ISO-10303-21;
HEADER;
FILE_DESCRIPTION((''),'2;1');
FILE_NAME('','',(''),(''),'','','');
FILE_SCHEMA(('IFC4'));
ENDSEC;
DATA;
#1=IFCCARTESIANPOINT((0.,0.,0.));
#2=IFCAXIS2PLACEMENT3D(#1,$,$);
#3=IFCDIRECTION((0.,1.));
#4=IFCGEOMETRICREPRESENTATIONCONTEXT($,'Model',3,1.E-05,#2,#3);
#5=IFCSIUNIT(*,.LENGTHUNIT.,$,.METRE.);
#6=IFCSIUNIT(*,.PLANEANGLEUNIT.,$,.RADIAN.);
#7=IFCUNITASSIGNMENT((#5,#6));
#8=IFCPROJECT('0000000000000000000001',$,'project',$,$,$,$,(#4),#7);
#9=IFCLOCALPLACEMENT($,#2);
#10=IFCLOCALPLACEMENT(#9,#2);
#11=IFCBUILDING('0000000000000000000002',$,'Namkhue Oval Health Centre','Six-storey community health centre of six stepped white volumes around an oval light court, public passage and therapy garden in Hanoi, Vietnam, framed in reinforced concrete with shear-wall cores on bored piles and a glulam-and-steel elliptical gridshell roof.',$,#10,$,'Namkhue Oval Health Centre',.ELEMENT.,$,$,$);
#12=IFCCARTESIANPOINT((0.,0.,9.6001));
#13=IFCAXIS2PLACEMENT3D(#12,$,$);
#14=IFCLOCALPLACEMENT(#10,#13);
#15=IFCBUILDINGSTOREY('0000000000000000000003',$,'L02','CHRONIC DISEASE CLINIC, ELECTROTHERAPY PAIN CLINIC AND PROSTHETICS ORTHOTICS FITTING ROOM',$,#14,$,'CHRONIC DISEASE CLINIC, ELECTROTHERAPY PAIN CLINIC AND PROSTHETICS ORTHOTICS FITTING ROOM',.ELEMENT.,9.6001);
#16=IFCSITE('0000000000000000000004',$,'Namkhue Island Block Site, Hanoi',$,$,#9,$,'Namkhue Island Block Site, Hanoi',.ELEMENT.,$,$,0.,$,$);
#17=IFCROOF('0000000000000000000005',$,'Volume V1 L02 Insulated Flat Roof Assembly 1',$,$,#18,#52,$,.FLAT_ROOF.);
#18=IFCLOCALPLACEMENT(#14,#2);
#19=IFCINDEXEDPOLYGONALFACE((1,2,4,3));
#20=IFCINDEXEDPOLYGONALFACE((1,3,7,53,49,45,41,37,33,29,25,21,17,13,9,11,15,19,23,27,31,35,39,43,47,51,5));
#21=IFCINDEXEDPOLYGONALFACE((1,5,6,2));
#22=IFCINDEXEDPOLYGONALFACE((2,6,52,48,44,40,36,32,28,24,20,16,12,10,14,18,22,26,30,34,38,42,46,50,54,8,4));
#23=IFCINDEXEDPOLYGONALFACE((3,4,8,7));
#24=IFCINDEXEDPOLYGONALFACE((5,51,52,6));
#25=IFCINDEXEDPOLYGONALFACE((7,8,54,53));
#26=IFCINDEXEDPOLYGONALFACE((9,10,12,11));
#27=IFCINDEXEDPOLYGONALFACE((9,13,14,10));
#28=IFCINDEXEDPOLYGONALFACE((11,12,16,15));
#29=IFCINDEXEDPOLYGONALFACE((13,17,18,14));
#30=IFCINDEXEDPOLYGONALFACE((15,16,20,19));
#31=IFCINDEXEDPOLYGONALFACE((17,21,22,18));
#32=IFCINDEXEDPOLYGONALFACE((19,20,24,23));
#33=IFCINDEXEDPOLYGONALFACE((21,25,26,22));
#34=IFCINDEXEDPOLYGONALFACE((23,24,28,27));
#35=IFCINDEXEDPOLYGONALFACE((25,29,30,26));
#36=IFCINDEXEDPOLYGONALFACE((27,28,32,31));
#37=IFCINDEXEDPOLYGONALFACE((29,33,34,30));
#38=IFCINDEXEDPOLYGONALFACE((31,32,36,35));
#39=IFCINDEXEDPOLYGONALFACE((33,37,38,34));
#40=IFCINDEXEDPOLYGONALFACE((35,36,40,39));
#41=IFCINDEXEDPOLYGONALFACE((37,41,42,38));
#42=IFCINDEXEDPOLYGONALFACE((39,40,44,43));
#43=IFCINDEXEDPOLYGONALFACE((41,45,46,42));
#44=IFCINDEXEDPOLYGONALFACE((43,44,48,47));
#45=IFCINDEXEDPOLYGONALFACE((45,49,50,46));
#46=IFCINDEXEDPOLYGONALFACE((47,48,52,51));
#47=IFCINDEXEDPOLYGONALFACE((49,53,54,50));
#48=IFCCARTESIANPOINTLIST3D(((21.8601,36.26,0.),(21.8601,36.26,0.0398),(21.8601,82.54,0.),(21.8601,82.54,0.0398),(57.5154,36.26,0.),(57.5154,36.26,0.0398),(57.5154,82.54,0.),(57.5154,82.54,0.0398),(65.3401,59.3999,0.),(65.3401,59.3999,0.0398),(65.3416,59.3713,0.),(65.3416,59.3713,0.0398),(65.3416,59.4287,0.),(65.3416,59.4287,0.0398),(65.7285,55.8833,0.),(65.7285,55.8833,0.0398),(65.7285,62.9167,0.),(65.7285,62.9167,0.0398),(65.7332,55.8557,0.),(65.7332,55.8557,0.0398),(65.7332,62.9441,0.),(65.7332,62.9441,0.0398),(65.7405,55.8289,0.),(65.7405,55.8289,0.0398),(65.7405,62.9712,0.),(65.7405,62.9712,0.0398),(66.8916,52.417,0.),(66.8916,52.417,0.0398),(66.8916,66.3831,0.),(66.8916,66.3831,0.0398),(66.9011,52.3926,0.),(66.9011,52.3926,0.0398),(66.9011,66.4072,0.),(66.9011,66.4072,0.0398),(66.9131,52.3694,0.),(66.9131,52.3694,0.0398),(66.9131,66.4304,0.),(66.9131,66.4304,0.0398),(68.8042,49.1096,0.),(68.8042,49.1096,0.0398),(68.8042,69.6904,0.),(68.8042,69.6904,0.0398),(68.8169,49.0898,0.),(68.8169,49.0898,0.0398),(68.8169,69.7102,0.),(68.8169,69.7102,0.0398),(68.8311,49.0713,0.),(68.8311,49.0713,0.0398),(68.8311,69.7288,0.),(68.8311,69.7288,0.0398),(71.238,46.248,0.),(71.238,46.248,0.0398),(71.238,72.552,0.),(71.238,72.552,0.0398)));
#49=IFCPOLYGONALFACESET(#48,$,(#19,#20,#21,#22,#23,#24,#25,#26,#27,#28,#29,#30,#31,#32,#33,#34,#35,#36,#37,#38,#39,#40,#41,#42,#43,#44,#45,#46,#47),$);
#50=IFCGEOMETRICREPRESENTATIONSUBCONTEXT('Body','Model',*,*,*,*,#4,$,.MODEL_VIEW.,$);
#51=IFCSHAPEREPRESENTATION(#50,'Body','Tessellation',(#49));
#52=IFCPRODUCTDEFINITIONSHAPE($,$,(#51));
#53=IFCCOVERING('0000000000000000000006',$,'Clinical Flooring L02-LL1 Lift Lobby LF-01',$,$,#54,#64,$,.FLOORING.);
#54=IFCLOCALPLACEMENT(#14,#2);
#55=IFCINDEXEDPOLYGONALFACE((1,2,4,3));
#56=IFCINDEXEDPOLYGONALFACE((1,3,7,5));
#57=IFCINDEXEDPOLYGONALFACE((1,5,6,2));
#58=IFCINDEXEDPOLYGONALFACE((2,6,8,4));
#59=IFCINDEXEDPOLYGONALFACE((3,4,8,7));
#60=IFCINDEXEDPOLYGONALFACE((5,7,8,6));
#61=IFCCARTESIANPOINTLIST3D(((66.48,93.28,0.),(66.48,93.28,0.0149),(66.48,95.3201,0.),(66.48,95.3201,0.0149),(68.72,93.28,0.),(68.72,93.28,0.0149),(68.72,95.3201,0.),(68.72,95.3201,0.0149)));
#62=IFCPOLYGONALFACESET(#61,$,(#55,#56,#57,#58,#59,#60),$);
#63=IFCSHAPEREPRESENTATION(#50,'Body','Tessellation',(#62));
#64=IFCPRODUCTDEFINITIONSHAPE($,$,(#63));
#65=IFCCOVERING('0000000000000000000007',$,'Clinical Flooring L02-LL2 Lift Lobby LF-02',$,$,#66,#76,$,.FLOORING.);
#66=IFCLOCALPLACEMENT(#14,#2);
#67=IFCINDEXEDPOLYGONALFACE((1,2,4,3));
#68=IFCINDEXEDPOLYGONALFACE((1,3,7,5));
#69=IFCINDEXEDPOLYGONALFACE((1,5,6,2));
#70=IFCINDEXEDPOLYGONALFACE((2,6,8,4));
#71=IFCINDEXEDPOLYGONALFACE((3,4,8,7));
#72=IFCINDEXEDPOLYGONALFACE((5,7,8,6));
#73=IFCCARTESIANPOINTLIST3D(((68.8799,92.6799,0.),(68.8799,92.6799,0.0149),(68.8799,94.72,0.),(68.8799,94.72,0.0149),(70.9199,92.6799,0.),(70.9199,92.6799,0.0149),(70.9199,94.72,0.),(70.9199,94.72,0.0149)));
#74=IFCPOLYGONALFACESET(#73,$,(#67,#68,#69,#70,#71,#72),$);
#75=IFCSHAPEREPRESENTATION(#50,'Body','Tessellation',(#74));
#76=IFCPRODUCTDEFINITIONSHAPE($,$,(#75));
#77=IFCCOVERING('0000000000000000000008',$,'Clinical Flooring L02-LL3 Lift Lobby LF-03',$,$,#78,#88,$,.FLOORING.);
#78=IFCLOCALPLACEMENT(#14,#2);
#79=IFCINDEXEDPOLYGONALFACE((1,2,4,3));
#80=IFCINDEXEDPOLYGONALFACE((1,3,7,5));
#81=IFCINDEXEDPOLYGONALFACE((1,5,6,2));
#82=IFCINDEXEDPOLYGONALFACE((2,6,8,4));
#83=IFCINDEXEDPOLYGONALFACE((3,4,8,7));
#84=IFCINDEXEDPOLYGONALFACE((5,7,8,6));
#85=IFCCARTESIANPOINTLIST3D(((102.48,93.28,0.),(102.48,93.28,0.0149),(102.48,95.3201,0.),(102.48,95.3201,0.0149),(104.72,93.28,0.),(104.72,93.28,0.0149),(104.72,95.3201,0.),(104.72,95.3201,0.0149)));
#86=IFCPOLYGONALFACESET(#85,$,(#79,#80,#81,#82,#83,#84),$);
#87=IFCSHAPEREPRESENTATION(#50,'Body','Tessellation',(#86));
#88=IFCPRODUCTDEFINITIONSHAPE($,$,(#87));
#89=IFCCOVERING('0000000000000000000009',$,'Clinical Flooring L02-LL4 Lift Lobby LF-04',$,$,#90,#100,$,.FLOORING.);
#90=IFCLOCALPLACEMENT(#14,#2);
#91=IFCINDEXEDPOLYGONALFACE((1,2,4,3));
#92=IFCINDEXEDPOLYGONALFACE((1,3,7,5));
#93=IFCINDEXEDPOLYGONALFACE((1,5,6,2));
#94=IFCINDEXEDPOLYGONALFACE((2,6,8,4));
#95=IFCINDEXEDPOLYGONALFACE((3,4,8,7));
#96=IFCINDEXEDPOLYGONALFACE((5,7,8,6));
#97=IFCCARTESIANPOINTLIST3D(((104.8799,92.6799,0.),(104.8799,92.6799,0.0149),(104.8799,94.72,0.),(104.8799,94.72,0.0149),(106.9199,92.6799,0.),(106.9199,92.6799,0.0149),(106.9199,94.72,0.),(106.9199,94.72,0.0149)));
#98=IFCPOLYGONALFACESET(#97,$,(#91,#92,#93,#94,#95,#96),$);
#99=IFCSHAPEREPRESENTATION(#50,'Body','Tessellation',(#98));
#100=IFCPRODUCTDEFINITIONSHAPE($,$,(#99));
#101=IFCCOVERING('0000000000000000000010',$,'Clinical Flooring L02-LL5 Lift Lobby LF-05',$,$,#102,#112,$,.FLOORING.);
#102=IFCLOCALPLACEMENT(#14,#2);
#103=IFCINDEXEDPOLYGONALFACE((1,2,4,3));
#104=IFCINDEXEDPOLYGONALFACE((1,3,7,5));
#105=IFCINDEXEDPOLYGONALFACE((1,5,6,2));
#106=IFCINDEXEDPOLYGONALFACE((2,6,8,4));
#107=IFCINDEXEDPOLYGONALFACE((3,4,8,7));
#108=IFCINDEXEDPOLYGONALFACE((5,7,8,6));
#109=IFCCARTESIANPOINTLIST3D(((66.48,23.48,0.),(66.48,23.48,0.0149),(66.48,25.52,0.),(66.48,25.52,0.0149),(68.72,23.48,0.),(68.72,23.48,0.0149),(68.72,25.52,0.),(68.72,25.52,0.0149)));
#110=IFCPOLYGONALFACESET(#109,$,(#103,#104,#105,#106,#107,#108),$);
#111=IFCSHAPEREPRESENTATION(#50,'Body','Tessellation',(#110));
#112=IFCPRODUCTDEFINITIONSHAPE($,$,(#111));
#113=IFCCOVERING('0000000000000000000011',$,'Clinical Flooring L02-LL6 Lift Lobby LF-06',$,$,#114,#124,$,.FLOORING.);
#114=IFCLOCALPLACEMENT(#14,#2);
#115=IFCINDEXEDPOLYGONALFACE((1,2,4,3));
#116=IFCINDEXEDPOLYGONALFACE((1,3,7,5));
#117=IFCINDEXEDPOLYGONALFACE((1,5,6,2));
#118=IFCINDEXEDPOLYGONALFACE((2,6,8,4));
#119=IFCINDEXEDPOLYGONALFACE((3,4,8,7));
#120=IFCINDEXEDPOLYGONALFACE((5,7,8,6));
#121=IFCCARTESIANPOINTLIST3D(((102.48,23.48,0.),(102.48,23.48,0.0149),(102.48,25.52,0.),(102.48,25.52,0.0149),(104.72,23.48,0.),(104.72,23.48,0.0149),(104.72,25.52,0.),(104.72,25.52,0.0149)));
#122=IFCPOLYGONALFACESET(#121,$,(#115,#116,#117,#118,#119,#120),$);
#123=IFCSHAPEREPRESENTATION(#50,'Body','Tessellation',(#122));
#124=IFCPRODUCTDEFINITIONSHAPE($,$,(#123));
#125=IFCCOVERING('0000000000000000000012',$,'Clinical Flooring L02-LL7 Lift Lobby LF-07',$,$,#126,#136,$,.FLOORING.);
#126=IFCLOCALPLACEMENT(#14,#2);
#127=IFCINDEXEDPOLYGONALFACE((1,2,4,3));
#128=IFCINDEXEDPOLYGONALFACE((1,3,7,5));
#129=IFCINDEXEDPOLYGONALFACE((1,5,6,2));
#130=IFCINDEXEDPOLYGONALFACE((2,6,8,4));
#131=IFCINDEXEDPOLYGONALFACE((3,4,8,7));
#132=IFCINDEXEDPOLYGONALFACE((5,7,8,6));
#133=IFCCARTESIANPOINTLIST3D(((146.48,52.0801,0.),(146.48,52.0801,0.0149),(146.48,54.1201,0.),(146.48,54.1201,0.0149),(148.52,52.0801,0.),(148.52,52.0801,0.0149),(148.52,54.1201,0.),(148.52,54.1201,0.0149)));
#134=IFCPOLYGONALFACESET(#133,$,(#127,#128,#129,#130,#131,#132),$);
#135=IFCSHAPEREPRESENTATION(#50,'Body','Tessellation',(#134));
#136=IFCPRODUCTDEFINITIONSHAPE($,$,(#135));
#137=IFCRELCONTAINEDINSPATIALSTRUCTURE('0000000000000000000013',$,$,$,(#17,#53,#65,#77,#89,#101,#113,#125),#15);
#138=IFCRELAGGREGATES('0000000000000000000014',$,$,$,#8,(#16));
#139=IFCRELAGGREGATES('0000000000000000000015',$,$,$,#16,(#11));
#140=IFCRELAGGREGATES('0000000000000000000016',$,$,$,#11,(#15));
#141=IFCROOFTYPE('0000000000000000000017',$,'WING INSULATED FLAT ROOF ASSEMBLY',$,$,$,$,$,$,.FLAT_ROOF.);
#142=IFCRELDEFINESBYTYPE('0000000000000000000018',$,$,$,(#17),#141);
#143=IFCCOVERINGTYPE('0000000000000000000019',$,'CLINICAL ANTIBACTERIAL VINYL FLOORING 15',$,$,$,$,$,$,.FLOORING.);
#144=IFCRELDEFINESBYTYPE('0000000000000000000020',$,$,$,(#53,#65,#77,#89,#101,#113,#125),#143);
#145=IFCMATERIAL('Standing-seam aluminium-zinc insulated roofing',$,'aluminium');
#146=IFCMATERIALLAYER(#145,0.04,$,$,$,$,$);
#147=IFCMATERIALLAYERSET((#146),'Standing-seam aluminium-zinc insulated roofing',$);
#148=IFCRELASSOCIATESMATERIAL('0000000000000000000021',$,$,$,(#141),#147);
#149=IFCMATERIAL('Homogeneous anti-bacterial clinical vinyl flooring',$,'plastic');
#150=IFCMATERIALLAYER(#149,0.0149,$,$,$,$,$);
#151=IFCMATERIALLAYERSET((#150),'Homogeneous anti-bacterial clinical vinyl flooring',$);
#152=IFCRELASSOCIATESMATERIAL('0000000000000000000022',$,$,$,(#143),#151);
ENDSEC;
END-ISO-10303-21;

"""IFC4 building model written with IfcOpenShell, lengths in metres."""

from ifc_helpers import new_model, si_unit, direction, frame, origin, place, context, subcontext, project, spatial, polyline, outline, extrude, material, layer, layer_set, type_object, element, save


model = new_model("IFC4")

# Units and contexts
model_context = context("Model", 3, precision=1e-05, world=origin(), true_north=direction((0.0, 1.0)))
body_context = subcontext(model_context, "Body", "Model", "MODEL_VIEW")
ifc_project = project(units=[si_unit("LENGTHUNIT", "METRE"), si_unit("PLANEANGLEUNIT", "RADIAN")], contexts=[model_context])

# Site, building, storey
site_placement = place(None, origin())
site = spatial("IfcSite", under=ifc_project, at=site_placement, Name="Namkhue Island Block Site, Hanoi", LongName="Namkhue Island Block Site, Hanoi", CompositionType="ELEMENT", RefElevation=0.0)
building_placement = place(site_placement, origin())
building = spatial("IfcBuilding", under=site, at=building_placement, Name="Namkhue Oval Health Centre", Description="Six-storey community health centre of six stepped white volumes around an oval light court, public passage and therapy garden in Hanoi, Vietnam, framed in reinforced concrete with shear-wall cores on bored piles and a glulam-and-steel elliptical gridshell roof.", LongName="Namkhue Oval Health Centre", CompositionType="ELEMENT")
storey_placement = place(building_placement, frame((0.0, 0.0, 9.6001)))
storey = spatial("IfcBuildingStorey", under=building, at=storey_placement, Name="L02", Description="CHRONIC DISEASE CLINIC, ELECTROTHERAPY PAIN CLINIC AND PROSTHETICS ORTHOTICS FITTING ROOM", LongName="CHRONIC DISEASE CLINIC, ELECTROTHERAPY PAIN CLINIC AND PROSTHETICS ORTHOTICS FITTING ROOM", CompositionType="ELEMENT", Elevation=9.6001)

# Roof
ifc_material_1 = material(Name="Standing-seam aluminium-zinc insulated roofing", Category="aluminium")
ifc_layer_1 = layer(ifc_material_1, 0.04)
ifc_layer_set_1 = layer_set([ifc_layer_1], Name="Standing-seam aluminium-zinc insulated roofing")
roof_type = type_object("IfcRoofType", Name="WING INSULATED FLAT ROOF ASSEMBLY", PredefinedType="FLAT_ROOF", material=ifc_layer_set_1)
roof_placement = place(storey_placement, origin())
element("IfcRoof", 1, at=roof_placement, inside=storey, type_object=roof_type, Name="Volume V1 L02 Insulated Flat Roof Assembly 1", PredefinedType="FLAT_ROOF", context=body_context, shape_type="SweptSolid", body=[
    extrude(outline(polyline([(21.8601, 36.26), (21.8601, 82.54), (57.5154, 82.54), (71.238, 72.552), (68.8311, 69.7288), (68.8169, 69.7102), (68.8042, 69.6904), (66.9131, 66.4304), (66.9011, 66.4072), (66.8916, 66.3831), (65.7405, 62.9712), (65.7332, 62.9441), (65.7285, 62.9167), (65.3416, 59.4287), (65.3401, 59.3999), (65.3416, 59.3713), (65.7285, 55.8833), (65.7332, 55.8557), (65.7405, 55.8289), (66.8916, 52.417), (66.9011, 52.3926), (66.9131, 52.3694), (68.8042, 49.1096), (68.8169, 49.0898), (68.8311, 49.0713), (71.238, 46.248), (57.5154, 36.26), (21.8601, 36.26)])), origin(), (0.0, 0.0, 1.0), 0.0398),
])

# Coverings
ifc_material_2 = material(Name="Homogeneous anti-bacterial clinical vinyl flooring", Category="plastic")
ifc_layer_2 = layer(ifc_material_2, 0.0149)
ifc_layer_set_2 = layer_set([ifc_layer_2], Name="Homogeneous anti-bacterial clinical vinyl flooring")
covering_type = type_object("IfcCoveringType", Name="CLINICAL ANTIBACTERIAL VINYL FLOORING 15", PredefinedType="FLOORING", material=ifc_layer_set_2)
covering_1_placement = place(storey_placement, origin())
element("IfcCovering", 2, at=covering_1_placement, inside=storey, type_object=covering_type, Name="Clinical Flooring L02-LL1 Lift Lobby LF-01", PredefinedType="FLOORING", context=body_context, shape_type="SweptSolid", body=[
    extrude(outline(polyline([(66.48, 93.28), (66.48, 95.3201), (68.72, 95.3201), (68.72, 93.28), (66.48, 93.28)])), origin(), (0.0, 0.0, 1.0), 0.0149),
])
covering_2_placement = place(storey_placement, origin())
element("IfcCovering", 3, at=covering_2_placement, inside=storey, type_object=covering_type, Name="Clinical Flooring L02-LL2 Lift Lobby LF-02", PredefinedType="FLOORING", context=body_context, shape_type="SweptSolid", body=[
    extrude(outline(polyline([(68.8799, 92.6799), (68.8799, 94.72), (70.9199, 94.72), (70.9199, 92.6799), (68.8799, 92.6799)])), origin(), (0.0, 0.0, 1.0), 0.0149),
])
covering_3_placement = place(storey_placement, origin())
element("IfcCovering", 4, at=covering_3_placement, inside=storey, type_object=covering_type, Name="Clinical Flooring L02-LL3 Lift Lobby LF-03", PredefinedType="FLOORING", context=body_context, shape_type="SweptSolid", body=[
    extrude(outline(polyline([(102.48, 93.28), (102.48, 95.3201), (104.72, 95.3201), (104.72, 93.28), (102.48, 93.28)])), origin(), (0.0, 0.0, 1.0), 0.0149),
])
covering_4_placement = place(storey_placement, origin())
element("IfcCovering", 5, at=covering_4_placement, inside=storey, type_object=covering_type, Name="Clinical Flooring L02-LL4 Lift Lobby LF-04", PredefinedType="FLOORING", context=body_context, shape_type="SweptSolid", body=[
    extrude(outline(polyline([(104.8799, 92.6799), (104.8799, 94.72), (106.9199, 94.72), (106.9199, 92.6799), (104.8799, 92.6799)])), origin(), (0.0, 0.0, 1.0), 0.0149),
])
covering_5_placement = place(storey_placement, origin())
element("IfcCovering", 6, at=covering_5_placement, inside=storey, type_object=covering_type, Name="Clinical Flooring L02-LL5 Lift Lobby LF-05", PredefinedType="FLOORING", context=body_context, shape_type="SweptSolid", body=[
    extrude(outline(polyline([(66.48, 23.48), (66.48, 25.52), (68.72, 25.52), (68.72, 23.48), (66.48, 23.48)])), origin(), (0.0, 0.0, 1.0), 0.0149),
])
covering_6_placement = place(storey_placement, origin())
element("IfcCovering", 7, at=covering_6_placement, inside=storey, type_object=covering_type, Name="Clinical Flooring L02-LL6 Lift Lobby LF-06", PredefinedType="FLOORING", context=body_context, shape_type="SweptSolid", body=[
    extrude(outline(polyline([(102.48, 23.48), (102.48, 25.52), (104.72, 25.52), (104.72, 23.48), (102.48, 23.48)])), origin(), (0.0, 0.0, 1.0), 0.0149),
])
covering_7_placement = place(storey_placement, origin())
element("IfcCovering", 8, at=covering_7_placement, inside=storey, type_object=covering_type, Name="Clinical Flooring L02-LL7 Lift Lobby LF-07", PredefinedType="FLOORING", context=body_context, shape_type="SweptSolid", body=[
    extrude(outline(polyline([(146.48, 52.0801), (146.48, 54.1201), (148.52, 54.1201), (148.52, 52.0801), (146.48, 52.0801)])), origin(), (0.0, 0.0, 1.0), 0.0149),
])

save(model, "model.ifc")
